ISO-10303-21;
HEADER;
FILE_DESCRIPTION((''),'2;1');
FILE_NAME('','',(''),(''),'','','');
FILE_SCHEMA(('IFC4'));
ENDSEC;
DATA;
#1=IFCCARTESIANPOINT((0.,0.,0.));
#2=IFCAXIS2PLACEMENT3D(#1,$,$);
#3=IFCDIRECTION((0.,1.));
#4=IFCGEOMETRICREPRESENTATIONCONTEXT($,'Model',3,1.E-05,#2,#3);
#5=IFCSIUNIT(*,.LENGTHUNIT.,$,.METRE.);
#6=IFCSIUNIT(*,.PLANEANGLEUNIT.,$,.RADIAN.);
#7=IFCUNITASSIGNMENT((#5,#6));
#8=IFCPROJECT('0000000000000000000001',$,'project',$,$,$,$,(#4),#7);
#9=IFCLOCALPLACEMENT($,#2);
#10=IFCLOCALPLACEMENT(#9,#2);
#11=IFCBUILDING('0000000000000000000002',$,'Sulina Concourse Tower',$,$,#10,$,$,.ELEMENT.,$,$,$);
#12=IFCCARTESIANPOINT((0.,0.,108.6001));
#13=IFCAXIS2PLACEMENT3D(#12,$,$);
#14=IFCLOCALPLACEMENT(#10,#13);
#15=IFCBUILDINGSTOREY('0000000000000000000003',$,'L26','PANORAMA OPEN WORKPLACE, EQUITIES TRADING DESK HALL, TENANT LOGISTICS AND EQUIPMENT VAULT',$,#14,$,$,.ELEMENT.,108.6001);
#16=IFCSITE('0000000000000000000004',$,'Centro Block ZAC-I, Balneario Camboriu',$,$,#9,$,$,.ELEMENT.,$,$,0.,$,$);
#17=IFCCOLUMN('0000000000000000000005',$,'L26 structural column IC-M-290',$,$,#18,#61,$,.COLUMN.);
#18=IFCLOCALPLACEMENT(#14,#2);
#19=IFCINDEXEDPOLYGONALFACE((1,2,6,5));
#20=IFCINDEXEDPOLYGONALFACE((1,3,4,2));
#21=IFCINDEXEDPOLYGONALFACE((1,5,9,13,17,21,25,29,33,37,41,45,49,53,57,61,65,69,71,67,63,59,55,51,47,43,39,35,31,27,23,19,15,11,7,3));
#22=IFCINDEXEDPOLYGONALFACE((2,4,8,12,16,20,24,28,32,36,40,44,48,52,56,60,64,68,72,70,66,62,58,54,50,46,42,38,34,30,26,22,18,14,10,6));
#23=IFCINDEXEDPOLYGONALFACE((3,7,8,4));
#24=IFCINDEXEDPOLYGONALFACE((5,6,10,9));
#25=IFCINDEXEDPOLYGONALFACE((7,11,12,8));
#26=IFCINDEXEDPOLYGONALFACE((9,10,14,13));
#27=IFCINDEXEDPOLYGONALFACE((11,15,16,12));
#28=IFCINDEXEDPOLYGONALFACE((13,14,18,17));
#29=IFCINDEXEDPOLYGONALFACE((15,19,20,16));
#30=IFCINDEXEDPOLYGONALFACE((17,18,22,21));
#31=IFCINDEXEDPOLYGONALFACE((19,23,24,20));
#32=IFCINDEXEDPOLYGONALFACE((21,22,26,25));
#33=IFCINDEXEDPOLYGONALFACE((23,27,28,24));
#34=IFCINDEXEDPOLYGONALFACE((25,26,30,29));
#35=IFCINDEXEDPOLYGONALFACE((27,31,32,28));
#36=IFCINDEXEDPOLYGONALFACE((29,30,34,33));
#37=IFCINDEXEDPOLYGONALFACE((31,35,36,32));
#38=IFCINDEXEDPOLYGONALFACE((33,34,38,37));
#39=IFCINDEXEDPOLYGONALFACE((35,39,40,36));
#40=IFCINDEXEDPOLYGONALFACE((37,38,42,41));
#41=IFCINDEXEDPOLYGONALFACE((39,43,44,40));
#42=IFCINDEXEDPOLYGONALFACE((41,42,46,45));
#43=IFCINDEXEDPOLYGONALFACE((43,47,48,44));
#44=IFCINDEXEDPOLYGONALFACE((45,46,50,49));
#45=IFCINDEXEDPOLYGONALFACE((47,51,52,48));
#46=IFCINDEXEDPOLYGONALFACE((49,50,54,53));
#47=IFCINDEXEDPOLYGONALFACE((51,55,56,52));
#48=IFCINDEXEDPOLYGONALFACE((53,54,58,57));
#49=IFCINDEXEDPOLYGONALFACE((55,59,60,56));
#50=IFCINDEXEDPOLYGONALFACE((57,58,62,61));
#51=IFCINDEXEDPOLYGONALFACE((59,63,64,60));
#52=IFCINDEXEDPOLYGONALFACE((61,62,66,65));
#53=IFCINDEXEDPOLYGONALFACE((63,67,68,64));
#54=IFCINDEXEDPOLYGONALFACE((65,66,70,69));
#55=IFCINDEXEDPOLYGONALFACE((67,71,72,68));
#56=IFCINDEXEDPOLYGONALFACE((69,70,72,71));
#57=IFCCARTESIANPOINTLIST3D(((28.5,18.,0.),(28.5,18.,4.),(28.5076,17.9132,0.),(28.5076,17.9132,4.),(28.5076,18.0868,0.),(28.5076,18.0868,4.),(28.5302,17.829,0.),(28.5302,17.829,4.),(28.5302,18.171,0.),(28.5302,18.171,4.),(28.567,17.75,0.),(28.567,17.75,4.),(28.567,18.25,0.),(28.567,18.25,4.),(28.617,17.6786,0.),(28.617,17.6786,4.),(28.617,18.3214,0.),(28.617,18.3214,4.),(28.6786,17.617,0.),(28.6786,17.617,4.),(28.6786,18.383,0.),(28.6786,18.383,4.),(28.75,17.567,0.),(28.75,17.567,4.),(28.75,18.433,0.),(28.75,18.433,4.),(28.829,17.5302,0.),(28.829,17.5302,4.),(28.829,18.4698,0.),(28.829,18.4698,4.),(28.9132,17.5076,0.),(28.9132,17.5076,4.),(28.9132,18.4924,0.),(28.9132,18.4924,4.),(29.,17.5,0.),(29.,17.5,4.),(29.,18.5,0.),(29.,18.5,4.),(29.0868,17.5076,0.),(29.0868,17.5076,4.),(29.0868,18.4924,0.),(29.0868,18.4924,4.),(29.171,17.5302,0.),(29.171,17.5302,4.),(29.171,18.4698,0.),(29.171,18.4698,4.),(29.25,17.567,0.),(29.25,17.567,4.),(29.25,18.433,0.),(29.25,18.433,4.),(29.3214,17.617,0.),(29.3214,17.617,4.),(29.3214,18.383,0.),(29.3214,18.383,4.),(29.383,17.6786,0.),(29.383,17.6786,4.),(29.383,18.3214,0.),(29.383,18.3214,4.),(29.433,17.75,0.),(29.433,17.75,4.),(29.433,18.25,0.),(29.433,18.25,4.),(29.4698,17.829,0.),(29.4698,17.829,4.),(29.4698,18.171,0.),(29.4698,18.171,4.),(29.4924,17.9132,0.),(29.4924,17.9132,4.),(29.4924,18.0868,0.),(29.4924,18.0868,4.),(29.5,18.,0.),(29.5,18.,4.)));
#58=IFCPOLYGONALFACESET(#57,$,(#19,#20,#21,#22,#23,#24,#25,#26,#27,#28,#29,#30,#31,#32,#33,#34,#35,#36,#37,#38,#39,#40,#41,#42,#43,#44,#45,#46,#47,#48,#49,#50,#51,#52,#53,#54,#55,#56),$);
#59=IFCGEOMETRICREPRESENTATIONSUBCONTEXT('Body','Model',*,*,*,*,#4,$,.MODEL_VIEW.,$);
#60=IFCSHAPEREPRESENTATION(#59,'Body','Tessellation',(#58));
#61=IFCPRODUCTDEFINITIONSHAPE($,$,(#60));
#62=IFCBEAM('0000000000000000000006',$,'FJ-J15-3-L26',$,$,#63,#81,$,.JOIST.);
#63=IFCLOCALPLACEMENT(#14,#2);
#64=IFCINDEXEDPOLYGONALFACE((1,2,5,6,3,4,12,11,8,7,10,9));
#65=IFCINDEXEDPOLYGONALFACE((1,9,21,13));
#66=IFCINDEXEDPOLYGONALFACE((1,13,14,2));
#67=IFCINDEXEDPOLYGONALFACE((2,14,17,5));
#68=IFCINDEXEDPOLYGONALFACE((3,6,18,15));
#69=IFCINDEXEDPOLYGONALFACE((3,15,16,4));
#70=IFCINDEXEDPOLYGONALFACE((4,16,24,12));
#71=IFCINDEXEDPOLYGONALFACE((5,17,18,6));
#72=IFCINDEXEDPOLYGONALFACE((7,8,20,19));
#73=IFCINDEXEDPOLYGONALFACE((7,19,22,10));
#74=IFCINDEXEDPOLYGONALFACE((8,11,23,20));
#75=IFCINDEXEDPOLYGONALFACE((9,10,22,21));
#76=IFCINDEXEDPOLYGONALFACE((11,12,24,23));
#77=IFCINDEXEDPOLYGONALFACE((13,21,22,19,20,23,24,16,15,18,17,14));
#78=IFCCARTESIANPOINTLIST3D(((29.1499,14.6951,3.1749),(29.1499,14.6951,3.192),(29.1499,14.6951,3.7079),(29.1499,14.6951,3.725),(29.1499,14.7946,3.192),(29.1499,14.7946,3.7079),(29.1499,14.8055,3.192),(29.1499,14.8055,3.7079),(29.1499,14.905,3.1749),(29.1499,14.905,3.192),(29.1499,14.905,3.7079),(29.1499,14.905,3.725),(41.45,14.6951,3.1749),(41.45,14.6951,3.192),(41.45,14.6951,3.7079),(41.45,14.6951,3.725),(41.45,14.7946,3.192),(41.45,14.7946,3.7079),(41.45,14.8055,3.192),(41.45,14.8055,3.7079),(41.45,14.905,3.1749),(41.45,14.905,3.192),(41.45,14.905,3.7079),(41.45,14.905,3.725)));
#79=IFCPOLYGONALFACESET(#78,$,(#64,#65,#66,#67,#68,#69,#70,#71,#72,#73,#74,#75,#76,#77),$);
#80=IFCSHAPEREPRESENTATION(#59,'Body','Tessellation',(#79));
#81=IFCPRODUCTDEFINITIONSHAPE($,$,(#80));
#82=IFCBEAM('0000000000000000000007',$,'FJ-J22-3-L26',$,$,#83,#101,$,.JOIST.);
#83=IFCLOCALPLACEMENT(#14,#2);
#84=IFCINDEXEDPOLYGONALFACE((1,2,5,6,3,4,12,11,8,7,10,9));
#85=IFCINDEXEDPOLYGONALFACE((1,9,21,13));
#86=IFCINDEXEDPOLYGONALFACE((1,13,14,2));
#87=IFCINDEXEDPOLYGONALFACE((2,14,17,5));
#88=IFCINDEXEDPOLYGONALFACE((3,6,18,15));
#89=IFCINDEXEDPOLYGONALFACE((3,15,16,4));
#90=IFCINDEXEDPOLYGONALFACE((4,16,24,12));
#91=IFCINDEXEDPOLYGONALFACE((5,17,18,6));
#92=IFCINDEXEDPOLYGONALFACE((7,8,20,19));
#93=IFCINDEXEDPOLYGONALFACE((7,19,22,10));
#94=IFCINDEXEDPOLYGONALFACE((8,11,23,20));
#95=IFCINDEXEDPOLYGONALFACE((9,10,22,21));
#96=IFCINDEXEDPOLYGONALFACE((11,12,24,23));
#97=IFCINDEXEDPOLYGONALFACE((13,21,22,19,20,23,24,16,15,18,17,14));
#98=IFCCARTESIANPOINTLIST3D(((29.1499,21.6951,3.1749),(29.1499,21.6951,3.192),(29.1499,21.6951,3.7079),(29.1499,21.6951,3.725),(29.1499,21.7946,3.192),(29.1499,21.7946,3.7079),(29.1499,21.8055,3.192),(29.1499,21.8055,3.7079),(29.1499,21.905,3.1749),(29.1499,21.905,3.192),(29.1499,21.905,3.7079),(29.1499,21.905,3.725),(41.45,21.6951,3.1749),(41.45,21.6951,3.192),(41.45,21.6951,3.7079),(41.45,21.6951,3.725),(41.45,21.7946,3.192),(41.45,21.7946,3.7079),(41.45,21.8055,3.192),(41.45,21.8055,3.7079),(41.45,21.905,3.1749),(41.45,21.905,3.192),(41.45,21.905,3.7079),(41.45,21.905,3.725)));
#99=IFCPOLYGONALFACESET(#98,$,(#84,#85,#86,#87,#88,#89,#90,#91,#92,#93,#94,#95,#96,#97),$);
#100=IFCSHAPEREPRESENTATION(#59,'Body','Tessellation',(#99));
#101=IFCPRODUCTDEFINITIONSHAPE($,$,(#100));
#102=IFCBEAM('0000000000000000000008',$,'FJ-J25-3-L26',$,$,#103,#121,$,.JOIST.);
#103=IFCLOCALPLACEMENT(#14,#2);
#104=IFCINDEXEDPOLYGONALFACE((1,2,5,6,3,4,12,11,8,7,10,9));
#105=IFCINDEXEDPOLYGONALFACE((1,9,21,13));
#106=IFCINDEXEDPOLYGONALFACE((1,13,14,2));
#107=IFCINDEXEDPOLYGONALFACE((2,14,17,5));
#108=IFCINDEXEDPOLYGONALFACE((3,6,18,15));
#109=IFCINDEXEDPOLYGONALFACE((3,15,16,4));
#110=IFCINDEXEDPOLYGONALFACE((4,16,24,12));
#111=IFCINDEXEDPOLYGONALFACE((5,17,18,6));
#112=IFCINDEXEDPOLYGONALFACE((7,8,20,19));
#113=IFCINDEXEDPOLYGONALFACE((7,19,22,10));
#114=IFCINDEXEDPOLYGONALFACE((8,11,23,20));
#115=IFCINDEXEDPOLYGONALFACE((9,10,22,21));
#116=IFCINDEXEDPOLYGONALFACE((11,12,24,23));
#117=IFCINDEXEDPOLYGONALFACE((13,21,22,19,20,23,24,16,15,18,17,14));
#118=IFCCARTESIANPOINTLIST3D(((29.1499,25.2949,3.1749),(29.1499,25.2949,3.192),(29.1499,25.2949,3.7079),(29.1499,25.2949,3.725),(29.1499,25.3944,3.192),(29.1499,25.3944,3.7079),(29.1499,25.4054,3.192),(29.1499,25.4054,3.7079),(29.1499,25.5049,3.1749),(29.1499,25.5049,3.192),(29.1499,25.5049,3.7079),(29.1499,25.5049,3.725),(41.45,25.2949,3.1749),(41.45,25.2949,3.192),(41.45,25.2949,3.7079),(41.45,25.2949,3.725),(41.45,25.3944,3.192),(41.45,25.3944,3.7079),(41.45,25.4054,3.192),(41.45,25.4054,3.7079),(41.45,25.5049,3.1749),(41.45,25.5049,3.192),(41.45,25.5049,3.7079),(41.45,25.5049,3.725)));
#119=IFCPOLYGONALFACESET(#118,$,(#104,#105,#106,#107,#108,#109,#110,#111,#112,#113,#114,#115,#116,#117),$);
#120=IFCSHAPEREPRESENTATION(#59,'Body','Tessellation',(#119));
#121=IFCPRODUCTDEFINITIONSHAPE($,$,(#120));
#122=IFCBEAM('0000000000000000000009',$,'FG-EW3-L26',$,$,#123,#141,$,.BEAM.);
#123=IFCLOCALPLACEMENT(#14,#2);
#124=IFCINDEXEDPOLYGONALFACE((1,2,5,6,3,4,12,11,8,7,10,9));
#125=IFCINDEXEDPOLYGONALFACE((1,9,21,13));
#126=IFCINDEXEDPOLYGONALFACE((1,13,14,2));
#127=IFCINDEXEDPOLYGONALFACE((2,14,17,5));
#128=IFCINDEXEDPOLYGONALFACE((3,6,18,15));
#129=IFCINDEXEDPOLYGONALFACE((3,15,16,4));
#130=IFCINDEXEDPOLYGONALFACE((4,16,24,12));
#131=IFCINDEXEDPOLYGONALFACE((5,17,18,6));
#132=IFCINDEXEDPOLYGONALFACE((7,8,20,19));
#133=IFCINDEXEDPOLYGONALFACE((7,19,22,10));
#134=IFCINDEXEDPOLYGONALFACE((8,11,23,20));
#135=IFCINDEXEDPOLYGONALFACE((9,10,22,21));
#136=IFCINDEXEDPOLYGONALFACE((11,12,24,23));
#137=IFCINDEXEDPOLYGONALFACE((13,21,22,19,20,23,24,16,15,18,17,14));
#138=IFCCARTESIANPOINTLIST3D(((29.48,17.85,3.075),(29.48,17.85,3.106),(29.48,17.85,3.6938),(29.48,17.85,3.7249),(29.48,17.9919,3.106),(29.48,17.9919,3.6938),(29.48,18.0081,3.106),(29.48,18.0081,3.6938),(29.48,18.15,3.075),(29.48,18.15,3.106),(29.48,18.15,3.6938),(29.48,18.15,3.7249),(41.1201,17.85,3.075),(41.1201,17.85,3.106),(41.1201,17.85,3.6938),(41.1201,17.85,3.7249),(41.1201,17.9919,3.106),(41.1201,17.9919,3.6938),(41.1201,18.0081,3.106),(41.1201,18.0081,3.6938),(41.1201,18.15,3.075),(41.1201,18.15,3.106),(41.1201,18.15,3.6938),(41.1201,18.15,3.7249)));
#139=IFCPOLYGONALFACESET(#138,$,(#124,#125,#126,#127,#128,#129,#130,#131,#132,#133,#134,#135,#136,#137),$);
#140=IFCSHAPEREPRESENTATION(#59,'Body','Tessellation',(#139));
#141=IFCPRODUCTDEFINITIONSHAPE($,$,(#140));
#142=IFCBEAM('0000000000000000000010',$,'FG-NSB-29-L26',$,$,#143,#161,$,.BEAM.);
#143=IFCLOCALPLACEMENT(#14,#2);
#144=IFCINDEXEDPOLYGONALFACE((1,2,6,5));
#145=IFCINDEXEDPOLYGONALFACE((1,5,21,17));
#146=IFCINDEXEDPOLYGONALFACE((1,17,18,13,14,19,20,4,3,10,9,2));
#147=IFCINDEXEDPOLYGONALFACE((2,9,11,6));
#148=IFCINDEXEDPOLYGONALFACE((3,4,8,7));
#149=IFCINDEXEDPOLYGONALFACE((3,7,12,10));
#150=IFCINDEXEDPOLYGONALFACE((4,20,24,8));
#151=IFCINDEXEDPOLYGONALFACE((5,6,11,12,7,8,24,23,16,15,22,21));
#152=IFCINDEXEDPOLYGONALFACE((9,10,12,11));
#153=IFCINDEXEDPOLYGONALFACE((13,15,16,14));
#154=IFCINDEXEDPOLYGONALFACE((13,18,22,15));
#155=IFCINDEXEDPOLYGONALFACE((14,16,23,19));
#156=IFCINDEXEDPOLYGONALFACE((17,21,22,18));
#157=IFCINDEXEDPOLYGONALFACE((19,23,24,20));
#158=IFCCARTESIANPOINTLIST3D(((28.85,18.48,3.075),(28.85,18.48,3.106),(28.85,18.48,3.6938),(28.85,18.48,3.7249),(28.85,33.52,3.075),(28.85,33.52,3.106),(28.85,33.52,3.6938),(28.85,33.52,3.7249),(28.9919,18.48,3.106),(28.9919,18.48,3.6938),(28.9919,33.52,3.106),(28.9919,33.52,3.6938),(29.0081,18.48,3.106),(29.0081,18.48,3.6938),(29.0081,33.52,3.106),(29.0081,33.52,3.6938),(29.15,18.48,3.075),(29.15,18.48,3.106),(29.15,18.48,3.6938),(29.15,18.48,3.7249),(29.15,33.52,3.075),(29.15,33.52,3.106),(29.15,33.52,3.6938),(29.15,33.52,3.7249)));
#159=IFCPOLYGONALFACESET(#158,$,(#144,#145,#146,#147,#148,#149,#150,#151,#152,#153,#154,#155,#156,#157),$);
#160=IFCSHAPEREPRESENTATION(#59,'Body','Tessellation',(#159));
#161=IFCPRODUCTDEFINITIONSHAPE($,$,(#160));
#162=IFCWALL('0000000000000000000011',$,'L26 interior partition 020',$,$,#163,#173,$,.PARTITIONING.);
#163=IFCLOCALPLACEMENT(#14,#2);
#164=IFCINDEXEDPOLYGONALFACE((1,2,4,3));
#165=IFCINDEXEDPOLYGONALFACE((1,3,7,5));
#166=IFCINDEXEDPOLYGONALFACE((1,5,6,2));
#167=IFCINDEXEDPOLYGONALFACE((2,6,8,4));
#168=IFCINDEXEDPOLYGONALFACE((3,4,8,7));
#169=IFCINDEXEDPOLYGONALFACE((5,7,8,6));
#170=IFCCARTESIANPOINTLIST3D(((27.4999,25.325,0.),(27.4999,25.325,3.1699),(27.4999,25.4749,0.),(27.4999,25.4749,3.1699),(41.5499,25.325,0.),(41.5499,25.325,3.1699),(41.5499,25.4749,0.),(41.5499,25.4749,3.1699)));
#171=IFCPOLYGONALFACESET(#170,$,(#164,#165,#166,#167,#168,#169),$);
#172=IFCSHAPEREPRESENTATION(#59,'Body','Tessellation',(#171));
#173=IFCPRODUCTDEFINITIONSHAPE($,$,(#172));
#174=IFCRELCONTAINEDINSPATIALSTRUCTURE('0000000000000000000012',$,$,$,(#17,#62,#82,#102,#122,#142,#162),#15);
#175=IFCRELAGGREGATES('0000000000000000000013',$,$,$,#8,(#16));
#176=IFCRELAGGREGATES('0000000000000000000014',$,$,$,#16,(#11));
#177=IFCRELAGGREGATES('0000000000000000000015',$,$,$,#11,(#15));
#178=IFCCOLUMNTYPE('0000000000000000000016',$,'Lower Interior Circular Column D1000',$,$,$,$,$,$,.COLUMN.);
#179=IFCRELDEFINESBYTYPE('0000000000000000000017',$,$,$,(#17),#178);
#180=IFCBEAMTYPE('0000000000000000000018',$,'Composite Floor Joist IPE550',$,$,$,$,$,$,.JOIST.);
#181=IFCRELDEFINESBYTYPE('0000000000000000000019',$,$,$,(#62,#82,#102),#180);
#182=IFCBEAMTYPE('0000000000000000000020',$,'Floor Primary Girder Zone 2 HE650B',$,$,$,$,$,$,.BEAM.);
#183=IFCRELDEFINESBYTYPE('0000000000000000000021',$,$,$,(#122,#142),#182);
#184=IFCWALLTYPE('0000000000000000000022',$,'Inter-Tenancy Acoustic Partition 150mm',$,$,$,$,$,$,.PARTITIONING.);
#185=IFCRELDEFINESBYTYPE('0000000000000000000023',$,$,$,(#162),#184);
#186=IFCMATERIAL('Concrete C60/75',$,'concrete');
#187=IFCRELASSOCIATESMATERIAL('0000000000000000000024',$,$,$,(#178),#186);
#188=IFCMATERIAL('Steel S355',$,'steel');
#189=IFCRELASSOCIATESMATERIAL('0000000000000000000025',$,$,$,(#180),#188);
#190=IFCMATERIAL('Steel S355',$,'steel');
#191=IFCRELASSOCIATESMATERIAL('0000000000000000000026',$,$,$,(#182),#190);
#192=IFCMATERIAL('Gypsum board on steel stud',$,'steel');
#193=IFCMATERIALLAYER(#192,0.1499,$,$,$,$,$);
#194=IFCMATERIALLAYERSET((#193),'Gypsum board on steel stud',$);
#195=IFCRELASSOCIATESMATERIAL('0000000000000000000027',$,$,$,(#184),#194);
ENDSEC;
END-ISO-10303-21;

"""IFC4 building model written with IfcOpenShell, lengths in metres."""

from ifc_helpers import new_model, si_unit, direction, frame, frame_2d, origin, origin_2d, place, context, subcontext, project, spatial, rectangle, circle, i_section, extrude, material, layer, layer_set, material_profile, profile_set, type_object, element, save


model = new_model("IFC4")

# Units and contexts
model_context = context("Model", 3, precision=1e-05, world=origin(), true_north=direction((0.0, 1.0)))
body_context = subcontext(model_context, "Body", "Model", "MODEL_VIEW")
ifc_project = project(units=[si_unit("LENGTHUNIT", "METRE"), si_unit("PLANEANGLEUNIT", "RADIAN")], contexts=[model_context])

# Site, building, storey
site_placement = place(None, origin())
site = spatial("IfcSite", under=ifc_project, at=site_placement, Name="Centro Block ZAC-I, Balneario Camboriu", CompositionType="ELEMENT", RefElevation=0.0)
building_placement = place(site_placement, origin())
building = spatial("IfcBuilding", under=site, at=building_placement, Name="Sulina Concourse Tower", CompositionType="ELEMENT")
storey_placement = place(building_placement, frame((0.0, 0.0, 108.6001)))
storey = spatial("IfcBuildingStorey", under=building, at=storey_placement, Name="L26", Description="PANORAMA OPEN WORKPLACE, EQUITIES TRADING DESK HALL, TENANT LOGISTICS AND EQUIPMENT VAULT", CompositionType="ELEMENT", Elevation=108.6001)

# Column
ifc_material_1 = material(Name="Concrete C60/75", Category="concrete")
ifc_material_profile_1 = material_profile(ifc_material_1, circle(Radius=0.5, at=origin_2d()), Name="RC D1000")
ifc_profile_set_1 = profile_set([ifc_material_profile_1], Name="Concrete C60/75")
column_type = type_object("IfcColumnType", Name="Lower Interior Circular Column D1000", PredefinedType="COLUMN", material=ifc_profile_set_1)
column_placement = place(storey_placement, frame((29.0, 18.0, 0.0), z_axis=(0.0, 0.0, 1.0), x_axis=(1.0, 0.0, 0.0)))
element("IfcColumn", 1, at=column_placement, inside=storey, type_object=column_type, Name="L26 structural column IC-M-290", PredefinedType="COLUMN", context=body_context, shape_type="SweptSolid", body=[
    extrude(circle(Radius=0.5, at=origin_2d()), origin(), (0.0, 0.0, 1.0), 4.0),
])

# Beams
ifc_material_2 = material(Name="Steel S355", Category="steel")
ifc_material_profile_2 = material_profile(ifc_material_2, i_section(OverallWidth=0.21, OverallDepth=0.55, WebThickness=0.011, FlangeThickness=0.0171, at=origin_2d()), Name="IPE 550")
ifc_profile_set_2 = profile_set([ifc_material_profile_2], Name="Steel S355")
beam_type_1 = type_object("IfcBeamType", Name="Composite Floor Joist IPE550", PredefinedType="JOIST", material=ifc_profile_set_2)
for number, where, z_axis, x_axis, name in (
    (2, (29.1499, 14.8, 3.45), (1.0, 0.0, 0.0), (0.0, 1.0, 0.0), "FJ-J15-3-L26"),
    (3, (29.1499, 21.8, 3.45), (1.0, 0.0, 0.0), (0.0, 1.0, 0.0), "FJ-J22-3-L26"),
    (4, (29.1499, 25.3999, 3.45), (1.0, 0.0, 0.0), (0.0, 1.0, 0.0), "FJ-J25-3-L26"),
):
    element("IfcBeam", number, at=place(storey_placement, frame(where, z_axis=z_axis, x_axis=x_axis)), inside=storey, type_object=beam_type_1, Name=name, PredefinedType="JOIST", context=body_context, shape_type="SweptSolid", body=[
        extrude(i_section(OverallWidth=0.21, OverallDepth=0.55, WebThickness=0.011, FlangeThickness=0.0171, at=origin_2d()), origin(), (0.0, 0.0, 1.0), 12.3),
    ])
ifc_material_3 = material(Name="Steel S355", Category="steel")
ifc_material_profile_3 = material_profile(ifc_material_3, i_section(OverallWidth=0.3, OverallDepth=0.6499, WebThickness=0.0161, FlangeThickness=0.031, at=origin_2d()), Name="HE 650 B")
ifc_profile_set_3 = profile_set([ifc_material_profile_3], Name="Steel S355")
beam_type_2 = type_object("IfcBeamType", Name="Floor Primary Girder Zone 2 HE650B", PredefinedType="BEAM", material=ifc_profile_set_3)
beam_1_placement = place(storey_placement, frame((29.48, 18.0, 3.3999), z_axis=(1.0, 0.0, 0.0), x_axis=(0.0, 1.0, 0.0)))
element("IfcBeam", 5, at=beam_1_placement, inside=storey, type_object=beam_type_2, Name="FG-EW3-L26", PredefinedType="BEAM", context=body_context, shape_type="SweptSolid", body=[
    extrude(i_section(OverallWidth=0.3, OverallDepth=0.6499, WebThickness=0.0161, FlangeThickness=0.031, at=origin_2d()), origin(), (0.0, 0.0, 1.0), 11.6401),
])
beam_2_placement = place(storey_placement, frame((29.0, 18.48, 3.3999), z_axis=(0.0, 1.0, 0.0), x_axis=(-1.0, 0.0, 0.0)))
element("IfcBeam", 6, at=beam_2_placement, inside=storey, type_object=beam_type_2, Name="FG-NSB-29-L26", PredefinedType="BEAM", context=body_context, shape_type="SweptSolid", body=[
    extrude(i_section(OverallWidth=0.3, OverallDepth=0.6499, WebThickness=0.0161, FlangeThickness=0.031, at=origin_2d()), origin(), (0.0, 0.0, 1.0), 15.04),
])

# Wall
ifc_material_4 = material(Name="Gypsum board on steel stud", Category="steel")
ifc_layer_1 = layer(ifc_material_4, 0.1499)
ifc_layer_set_1 = layer_set([ifc_layer_1], Name="Gypsum board on steel stud")
wall_type_1 = type_object("IfcWallType", Name="Inter-Tenancy Acoustic Partition 150mm", PredefinedType="PARTITIONING", material=ifc_layer_set_1)
wall_1_placement = place(storey_placement, frame((27.5, 25.3999, 0.0), z_axis=(0.0, 0.0, 1.0), x_axis=(1.0, 0.0, 0.0)))
element("IfcWall", 7, at=wall_1_placement, inside=storey, type_object=wall_type_1, Name="L26 interior partition 020", PredefinedType="PARTITIONING", context=body_context, shape_type="SweptSolid", body=[
    extrude(rectangle(XDim=14.05, YDim=0.1499, at=frame_2d((7.0249, 0.0))), origin(), (0.0, 0.0, 1.0), 3.1699),
])

save(model, "model.ifc")
